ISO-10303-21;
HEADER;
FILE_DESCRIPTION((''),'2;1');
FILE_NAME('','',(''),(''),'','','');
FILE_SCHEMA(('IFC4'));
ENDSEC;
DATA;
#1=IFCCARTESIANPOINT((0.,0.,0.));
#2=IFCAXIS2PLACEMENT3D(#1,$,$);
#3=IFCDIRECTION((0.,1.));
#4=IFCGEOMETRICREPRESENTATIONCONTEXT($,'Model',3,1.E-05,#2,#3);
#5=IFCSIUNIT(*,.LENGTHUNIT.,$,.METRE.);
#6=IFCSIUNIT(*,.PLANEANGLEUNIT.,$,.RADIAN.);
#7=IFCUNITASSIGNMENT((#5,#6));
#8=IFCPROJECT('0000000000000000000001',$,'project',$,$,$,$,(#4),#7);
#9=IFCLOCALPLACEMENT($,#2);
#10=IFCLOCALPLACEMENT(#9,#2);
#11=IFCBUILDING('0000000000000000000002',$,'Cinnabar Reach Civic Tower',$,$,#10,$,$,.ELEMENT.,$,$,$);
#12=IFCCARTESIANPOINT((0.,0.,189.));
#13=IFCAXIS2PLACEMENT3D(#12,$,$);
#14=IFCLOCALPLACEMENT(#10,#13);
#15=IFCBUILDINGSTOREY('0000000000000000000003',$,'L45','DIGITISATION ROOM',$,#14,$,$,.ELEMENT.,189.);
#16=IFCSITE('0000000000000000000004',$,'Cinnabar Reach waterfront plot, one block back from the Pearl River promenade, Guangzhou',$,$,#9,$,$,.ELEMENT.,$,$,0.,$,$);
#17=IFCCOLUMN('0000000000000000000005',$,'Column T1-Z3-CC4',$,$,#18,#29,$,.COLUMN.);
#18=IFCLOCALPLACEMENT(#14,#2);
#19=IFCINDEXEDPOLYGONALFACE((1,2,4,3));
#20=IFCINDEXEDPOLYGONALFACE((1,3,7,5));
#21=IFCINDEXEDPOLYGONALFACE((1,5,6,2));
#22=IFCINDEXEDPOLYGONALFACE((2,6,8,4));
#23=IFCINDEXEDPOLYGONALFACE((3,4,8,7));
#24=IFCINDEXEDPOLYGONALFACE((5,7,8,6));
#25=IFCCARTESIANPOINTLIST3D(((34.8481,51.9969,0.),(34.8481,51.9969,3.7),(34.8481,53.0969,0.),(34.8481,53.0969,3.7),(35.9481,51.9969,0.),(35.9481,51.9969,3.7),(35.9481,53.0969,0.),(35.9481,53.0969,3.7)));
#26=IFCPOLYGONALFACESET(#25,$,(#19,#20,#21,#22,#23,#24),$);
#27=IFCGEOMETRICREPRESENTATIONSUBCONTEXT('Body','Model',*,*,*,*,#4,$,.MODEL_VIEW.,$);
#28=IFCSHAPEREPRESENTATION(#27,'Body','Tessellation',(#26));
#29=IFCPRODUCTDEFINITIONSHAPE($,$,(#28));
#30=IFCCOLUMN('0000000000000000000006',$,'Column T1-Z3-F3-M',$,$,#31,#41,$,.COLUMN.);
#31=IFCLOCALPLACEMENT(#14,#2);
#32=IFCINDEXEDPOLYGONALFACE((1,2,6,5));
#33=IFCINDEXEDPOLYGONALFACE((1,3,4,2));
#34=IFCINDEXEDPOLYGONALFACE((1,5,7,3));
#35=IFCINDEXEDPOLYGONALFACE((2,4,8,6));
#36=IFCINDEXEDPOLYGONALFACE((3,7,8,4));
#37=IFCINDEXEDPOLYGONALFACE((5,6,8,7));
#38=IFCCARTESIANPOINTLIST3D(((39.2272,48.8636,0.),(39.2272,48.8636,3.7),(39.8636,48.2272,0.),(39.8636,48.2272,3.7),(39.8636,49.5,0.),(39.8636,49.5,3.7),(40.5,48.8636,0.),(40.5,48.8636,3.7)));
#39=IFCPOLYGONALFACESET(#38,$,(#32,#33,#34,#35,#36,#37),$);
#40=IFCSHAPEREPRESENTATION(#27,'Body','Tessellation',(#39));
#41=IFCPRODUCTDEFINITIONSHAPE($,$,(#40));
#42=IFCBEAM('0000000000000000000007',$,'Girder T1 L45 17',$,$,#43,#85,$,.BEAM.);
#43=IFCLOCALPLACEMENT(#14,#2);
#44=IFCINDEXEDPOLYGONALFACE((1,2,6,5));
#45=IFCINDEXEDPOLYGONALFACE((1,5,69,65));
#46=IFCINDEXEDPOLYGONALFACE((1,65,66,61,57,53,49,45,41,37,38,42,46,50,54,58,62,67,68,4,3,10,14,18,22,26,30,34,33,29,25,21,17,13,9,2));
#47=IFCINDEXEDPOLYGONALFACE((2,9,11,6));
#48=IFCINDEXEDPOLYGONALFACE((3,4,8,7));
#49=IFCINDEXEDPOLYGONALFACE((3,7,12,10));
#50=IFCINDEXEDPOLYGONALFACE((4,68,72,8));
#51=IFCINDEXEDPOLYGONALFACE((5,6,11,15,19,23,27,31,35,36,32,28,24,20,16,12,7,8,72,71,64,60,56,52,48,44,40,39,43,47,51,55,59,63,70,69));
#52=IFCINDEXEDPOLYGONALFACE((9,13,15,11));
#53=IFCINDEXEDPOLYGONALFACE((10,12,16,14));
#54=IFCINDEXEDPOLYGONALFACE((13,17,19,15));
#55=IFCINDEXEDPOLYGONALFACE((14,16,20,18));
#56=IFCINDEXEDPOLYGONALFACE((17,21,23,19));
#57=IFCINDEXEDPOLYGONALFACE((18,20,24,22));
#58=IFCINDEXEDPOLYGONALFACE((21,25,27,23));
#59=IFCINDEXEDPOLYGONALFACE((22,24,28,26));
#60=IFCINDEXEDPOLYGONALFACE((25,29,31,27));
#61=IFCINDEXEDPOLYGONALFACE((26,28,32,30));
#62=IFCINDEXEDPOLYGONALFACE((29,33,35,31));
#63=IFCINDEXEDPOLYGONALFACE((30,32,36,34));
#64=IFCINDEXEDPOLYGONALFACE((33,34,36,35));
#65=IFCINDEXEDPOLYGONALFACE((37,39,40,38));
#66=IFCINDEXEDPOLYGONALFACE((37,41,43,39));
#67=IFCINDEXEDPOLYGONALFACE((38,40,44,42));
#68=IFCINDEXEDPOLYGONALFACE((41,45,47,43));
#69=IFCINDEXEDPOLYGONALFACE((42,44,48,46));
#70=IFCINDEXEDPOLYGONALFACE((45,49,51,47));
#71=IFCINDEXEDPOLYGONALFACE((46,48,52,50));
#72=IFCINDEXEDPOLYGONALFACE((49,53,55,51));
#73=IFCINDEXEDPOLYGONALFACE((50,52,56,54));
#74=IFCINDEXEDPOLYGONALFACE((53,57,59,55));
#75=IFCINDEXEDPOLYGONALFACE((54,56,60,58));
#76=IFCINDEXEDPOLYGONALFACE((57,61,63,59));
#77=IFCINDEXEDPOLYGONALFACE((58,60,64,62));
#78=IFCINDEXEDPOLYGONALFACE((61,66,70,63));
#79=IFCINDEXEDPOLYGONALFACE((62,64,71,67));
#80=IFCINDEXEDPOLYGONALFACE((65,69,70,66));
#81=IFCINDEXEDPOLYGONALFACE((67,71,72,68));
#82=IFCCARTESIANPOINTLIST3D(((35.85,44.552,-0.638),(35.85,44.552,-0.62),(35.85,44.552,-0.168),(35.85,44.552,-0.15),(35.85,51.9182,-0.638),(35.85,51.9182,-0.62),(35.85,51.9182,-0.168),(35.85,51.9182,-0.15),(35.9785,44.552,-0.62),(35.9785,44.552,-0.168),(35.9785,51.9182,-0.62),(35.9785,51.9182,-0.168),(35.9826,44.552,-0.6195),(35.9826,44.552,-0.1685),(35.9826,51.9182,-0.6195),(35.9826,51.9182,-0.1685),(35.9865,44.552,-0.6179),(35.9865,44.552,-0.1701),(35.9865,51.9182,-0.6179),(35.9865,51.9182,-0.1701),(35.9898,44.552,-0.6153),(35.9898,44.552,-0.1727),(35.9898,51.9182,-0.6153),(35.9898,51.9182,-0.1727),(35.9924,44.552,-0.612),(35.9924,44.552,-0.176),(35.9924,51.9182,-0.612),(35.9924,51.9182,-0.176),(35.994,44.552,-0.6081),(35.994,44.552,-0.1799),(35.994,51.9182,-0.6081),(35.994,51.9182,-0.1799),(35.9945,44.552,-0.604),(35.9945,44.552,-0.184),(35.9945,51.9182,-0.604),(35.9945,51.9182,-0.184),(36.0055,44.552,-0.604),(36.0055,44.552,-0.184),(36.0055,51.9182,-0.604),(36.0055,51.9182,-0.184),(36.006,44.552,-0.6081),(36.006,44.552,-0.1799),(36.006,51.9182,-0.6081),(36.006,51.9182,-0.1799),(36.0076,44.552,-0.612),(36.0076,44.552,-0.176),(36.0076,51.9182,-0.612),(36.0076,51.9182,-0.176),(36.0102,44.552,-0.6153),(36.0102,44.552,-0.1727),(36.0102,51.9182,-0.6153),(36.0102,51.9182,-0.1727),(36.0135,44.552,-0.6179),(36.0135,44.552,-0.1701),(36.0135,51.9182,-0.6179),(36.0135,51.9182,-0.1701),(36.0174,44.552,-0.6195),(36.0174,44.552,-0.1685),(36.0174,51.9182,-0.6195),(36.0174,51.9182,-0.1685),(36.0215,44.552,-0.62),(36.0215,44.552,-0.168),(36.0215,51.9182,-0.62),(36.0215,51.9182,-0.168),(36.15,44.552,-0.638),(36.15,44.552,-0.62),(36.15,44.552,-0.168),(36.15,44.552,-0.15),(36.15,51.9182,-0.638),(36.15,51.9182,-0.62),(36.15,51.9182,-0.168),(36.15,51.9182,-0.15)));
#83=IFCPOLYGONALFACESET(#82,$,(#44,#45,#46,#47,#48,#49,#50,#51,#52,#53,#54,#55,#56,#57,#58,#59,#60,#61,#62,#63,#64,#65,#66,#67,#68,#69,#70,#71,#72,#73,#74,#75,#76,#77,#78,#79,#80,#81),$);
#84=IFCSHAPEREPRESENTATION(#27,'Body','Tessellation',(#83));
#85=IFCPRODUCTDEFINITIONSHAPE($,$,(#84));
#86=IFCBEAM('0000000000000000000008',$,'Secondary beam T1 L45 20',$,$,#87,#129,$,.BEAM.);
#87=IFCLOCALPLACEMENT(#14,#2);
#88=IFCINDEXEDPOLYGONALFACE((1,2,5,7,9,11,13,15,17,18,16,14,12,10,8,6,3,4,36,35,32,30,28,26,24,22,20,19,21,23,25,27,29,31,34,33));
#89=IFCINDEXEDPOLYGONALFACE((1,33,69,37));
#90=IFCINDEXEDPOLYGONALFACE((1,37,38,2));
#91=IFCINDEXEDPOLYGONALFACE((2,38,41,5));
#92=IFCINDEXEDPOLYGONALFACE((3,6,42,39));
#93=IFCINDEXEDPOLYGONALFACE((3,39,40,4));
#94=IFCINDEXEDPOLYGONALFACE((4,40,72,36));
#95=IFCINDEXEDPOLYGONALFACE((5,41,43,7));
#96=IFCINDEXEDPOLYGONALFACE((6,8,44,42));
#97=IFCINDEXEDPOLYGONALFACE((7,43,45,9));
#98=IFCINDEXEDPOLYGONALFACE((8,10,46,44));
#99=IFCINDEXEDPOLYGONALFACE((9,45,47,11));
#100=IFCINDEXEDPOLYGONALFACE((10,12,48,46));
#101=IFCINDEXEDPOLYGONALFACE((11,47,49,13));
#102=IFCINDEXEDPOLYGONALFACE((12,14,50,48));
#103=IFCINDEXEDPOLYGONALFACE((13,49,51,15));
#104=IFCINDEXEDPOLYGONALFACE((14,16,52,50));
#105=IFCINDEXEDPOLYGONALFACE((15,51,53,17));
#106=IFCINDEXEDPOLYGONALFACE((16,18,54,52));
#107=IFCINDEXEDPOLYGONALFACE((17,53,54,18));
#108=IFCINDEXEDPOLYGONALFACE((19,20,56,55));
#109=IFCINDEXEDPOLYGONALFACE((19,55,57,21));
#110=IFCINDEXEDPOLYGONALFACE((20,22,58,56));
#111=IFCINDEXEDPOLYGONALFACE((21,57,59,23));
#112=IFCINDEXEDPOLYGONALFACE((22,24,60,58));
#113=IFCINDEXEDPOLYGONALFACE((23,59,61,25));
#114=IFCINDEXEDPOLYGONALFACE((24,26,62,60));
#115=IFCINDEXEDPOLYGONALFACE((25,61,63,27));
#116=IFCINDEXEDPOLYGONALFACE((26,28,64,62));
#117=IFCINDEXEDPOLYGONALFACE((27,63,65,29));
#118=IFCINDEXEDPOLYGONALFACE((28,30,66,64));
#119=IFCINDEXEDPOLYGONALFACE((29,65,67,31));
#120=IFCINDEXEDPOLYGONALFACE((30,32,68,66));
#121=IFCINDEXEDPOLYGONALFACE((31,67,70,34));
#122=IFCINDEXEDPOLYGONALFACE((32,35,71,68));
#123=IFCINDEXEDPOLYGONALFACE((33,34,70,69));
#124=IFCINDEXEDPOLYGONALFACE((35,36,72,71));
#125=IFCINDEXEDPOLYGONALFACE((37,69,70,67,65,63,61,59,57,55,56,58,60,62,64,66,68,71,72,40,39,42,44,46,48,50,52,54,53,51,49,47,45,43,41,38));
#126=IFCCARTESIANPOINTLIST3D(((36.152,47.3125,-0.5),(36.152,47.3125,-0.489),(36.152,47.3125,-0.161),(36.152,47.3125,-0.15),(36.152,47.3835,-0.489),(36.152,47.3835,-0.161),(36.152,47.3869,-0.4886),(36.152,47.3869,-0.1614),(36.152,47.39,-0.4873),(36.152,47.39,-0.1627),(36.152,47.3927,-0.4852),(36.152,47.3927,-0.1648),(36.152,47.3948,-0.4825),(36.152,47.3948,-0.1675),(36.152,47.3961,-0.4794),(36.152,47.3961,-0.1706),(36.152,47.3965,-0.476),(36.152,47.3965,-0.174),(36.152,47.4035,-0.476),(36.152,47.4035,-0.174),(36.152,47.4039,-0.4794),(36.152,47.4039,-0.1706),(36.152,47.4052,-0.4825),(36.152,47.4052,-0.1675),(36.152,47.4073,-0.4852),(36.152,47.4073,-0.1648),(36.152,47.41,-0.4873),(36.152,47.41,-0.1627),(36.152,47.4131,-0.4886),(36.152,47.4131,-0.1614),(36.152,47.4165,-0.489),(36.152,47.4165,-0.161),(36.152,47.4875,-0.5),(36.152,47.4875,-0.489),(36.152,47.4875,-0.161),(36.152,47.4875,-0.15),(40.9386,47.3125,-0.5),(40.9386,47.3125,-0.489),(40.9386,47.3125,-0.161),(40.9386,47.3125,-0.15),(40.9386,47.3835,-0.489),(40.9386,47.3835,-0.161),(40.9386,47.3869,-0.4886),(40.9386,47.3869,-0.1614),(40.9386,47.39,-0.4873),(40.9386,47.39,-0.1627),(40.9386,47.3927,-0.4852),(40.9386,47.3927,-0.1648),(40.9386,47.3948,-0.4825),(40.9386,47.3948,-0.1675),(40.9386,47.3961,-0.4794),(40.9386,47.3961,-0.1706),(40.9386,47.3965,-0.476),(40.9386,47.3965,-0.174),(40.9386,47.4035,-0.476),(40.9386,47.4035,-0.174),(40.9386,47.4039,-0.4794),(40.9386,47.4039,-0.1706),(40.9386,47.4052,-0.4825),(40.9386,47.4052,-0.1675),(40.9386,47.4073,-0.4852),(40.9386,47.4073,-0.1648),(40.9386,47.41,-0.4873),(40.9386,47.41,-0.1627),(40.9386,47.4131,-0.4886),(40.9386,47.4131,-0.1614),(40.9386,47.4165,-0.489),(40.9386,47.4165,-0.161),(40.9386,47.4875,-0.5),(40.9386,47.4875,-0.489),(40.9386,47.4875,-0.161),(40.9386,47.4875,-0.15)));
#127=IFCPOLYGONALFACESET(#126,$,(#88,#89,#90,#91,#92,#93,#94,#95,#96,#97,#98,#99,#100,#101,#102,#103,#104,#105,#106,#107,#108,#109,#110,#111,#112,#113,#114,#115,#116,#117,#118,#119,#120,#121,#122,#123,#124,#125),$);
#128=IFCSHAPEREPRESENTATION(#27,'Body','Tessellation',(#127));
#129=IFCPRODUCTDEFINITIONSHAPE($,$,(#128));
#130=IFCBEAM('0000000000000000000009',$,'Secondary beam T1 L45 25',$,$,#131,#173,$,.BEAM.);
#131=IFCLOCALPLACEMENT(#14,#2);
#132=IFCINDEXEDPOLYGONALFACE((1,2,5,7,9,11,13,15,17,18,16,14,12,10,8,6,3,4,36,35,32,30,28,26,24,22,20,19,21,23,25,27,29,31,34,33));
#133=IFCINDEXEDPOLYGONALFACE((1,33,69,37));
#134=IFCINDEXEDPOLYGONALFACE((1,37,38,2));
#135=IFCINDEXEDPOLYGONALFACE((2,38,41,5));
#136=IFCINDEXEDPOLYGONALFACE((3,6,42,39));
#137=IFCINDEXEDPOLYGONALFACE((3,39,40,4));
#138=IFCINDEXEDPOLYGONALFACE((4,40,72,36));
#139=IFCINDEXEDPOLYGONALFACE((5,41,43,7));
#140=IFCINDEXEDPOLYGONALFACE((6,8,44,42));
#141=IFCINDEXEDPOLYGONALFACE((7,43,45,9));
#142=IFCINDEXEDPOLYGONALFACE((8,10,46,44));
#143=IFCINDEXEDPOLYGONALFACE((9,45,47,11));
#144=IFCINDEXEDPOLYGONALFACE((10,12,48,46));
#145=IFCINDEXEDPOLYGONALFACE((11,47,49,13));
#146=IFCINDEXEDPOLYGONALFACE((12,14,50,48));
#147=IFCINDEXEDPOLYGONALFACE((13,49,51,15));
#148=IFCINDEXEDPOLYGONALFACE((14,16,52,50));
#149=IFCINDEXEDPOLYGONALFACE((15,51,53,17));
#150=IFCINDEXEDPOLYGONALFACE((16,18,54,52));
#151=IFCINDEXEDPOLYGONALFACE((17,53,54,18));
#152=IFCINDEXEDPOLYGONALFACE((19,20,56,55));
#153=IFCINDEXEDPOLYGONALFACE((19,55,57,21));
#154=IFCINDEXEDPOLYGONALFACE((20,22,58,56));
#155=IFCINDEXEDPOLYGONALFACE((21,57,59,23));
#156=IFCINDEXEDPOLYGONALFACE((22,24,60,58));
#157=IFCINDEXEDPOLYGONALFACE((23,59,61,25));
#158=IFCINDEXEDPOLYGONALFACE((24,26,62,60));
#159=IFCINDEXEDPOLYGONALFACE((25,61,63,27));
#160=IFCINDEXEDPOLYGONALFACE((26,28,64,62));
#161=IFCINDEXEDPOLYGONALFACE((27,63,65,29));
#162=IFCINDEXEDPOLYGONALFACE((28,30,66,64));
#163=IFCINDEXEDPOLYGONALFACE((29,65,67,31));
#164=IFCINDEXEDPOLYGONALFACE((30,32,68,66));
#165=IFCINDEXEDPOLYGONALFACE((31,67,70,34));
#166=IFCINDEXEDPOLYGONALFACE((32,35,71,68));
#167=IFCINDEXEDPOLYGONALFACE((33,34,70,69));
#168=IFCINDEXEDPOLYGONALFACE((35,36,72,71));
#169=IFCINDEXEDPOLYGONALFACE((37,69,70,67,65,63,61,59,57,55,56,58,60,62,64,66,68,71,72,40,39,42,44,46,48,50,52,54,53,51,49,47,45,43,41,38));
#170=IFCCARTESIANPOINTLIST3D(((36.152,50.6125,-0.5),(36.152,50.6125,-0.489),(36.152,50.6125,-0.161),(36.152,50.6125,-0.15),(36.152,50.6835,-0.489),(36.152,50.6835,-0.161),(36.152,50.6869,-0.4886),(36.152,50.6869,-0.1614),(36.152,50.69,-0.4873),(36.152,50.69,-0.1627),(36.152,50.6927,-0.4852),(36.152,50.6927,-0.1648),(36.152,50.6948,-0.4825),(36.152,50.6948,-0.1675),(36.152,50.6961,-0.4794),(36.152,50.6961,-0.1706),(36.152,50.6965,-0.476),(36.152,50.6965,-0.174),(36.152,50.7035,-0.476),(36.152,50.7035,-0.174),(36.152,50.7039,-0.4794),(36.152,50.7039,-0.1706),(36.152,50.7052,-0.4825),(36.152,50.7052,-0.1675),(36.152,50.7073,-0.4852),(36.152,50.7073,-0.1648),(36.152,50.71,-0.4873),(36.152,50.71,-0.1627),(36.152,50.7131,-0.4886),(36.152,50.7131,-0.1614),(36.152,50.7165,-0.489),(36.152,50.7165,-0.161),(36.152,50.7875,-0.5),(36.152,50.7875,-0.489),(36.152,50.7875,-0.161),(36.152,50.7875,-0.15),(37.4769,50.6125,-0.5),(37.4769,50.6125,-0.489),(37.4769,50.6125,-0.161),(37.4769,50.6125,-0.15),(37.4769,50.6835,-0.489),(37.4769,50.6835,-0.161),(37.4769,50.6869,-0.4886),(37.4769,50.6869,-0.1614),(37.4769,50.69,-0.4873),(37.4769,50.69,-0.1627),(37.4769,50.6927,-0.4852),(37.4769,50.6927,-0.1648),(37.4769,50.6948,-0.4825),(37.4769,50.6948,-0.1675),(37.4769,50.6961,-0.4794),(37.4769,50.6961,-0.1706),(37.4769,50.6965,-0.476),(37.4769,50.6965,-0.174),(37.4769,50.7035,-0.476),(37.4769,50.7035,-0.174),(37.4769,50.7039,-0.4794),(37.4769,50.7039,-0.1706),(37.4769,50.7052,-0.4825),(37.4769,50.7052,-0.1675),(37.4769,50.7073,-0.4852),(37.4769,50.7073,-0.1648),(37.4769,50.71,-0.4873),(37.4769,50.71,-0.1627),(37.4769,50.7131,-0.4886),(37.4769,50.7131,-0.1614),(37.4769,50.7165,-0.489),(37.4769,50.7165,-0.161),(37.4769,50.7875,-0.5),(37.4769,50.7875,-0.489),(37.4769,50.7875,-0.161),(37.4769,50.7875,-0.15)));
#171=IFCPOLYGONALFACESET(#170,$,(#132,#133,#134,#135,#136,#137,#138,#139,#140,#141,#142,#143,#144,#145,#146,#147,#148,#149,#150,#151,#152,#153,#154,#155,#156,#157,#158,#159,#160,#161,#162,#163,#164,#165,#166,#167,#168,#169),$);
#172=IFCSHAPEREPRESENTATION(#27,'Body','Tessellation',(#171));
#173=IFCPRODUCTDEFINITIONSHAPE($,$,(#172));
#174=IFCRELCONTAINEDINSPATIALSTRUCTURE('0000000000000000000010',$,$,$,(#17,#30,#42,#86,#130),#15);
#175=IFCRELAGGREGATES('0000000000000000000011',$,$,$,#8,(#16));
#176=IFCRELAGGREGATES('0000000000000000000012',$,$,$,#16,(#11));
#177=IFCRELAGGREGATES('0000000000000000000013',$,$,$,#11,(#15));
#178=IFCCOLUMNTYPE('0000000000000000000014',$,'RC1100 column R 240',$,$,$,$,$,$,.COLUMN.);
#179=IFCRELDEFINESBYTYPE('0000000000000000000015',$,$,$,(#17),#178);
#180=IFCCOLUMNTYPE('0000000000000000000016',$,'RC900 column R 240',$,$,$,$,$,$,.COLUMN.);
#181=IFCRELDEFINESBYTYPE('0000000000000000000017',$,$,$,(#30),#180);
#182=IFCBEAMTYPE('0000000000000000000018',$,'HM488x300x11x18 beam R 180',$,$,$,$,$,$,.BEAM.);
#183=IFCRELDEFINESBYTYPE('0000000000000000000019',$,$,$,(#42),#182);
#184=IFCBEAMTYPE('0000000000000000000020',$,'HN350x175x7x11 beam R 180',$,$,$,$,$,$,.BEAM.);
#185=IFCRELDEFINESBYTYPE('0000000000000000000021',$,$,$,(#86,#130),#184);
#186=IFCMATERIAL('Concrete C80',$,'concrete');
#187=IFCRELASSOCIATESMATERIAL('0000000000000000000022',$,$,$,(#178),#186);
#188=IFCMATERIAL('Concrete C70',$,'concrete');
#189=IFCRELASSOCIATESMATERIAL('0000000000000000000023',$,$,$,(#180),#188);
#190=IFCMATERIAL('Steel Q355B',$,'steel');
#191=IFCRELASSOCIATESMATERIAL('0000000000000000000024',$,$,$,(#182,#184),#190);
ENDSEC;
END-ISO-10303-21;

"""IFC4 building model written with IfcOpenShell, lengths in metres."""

from ifc_helpers import new_model, si_unit, direction, frame, origin, origin_2d, place, context, subcontext, project, spatial, rectangle, i_section, extrude, material, material_profile, profile_set, type_object, element, save


model = new_model("IFC4")

# Units and contexts
model_context = context("Model", 3, precision=1e-05, world=origin(), true_north=direction((0.0, 1.0)))
body_context = subcontext(model_context, "Body", "Model", "MODEL_VIEW")
ifc_project = project(units=[si_unit("LENGTHUNIT", "METRE"), si_unit("PLANEANGLEUNIT", "RADIAN")], contexts=[model_context])

# Site, building, storey
site_placement = place(None, origin())
site = spatial("IfcSite", under=ifc_project, at=site_placement, Name="Cinnabar Reach waterfront plot, one block back from the Pearl River promenade, Guangzhou", CompositionType="ELEMENT", RefElevation=0.0)
building_placement = place(site_placement, origin())
building = spatial("IfcBuilding", under=site, at=building_placement, Name="Cinnabar Reach Civic Tower", CompositionType="ELEMENT")
storey_placement = place(building_placement, frame((0.0, 0.0, 189.0)))
storey = spatial("IfcBuildingStorey", under=building, at=storey_placement, Name="L45", Description="DIGITISATION ROOM", CompositionType="ELEMENT", Elevation=189.0)

# Columns
ifc_material_1 = material(Name="Concrete C80", Category="concrete")
ifc_material_profile_1 = material_profile(ifc_material_1, rectangle(XDim=1.1, YDim=1.1, at=origin_2d()), Name="RC1100")
ifc_profile_set_1 = profile_set([ifc_material_profile_1], Name="Concrete C80")
column_type_1 = type_object("IfcColumnType", Name="RC1100 column R 240", PredefinedType="COLUMN", material=ifc_profile_set_1)
column_1_placement = place(storey_placement, frame((35.3981, 52.5469, 0.0), z_axis=(0.0, 0.0, 1.0), x_axis=(1.0, 0.0, 0.0)))
element("IfcColumn", 1, at=column_1_placement, inside=storey, type_object=column_type_1, Name="Column T1-Z3-CC4", PredefinedType="COLUMN", context=body_context, shape_type="SweptSolid", body=[
    extrude(rectangle(XDim=1.1, YDim=1.1, at=origin_2d()), origin(), (0.0, 0.0, 1.0), 3.7),
])
ifc_material_2 = material(Name="Concrete C70", Category="concrete")
ifc_material_profile_2 = material_profile(ifc_material_2, rectangle(XDim=0.9, YDim=0.9, at=origin_2d()), Name="RC900")
ifc_profile_set_2 = profile_set([ifc_material_profile_2], Name="Concrete C70")
column_type_2 = type_object("IfcColumnType", Name="RC900 column R 240", PredefinedType="COLUMN", material=ifc_profile_set_2)
column_2_placement = place(storey_placement, frame((39.8636, 48.8636, 0.0), z_axis=(0.0, 0.0, 1.0), x_axis=(0.707107, 0.707107, 0.0)))
element("IfcColumn", 2, at=column_2_placement, inside=storey, type_object=column_type_2, Name="Column T1-Z3-F3-M", PredefinedType="COLUMN", context=body_context, shape_type="SweptSolid", body=[
    extrude(rectangle(XDim=0.9, YDim=0.9, at=origin_2d()), origin(), (0.0, 0.0, 1.0), 3.7),
])

# Beams
ifc_material_3 = material(Name="Steel Q355B", Category="steel")
ifc_material_profile_3 = material_profile(ifc_material_3, i_section(OverallWidth=0.3, OverallDepth=0.488, WebThickness=0.011, FlangeThickness=0.018, FilletRadius=0.016, at=origin_2d()), Name="HM488x300x11x18")
ifc_profile_set_3 = profile_set([ifc_material_profile_3], Name="Steel Q355B")
beam_type_1 = type_object("IfcBeamType", Name="HM488x300x11x18 beam R 180", PredefinedType="BEAM", material=ifc_profile_set_3)
beam_1_placement = place(storey_placement, frame((36.0, 44.552, -0.394), z_axis=(0.0, 1.0, 0.0), x_axis=(-1.0, 0.0, 0.0)))
element("IfcBeam", 3, at=beam_1_placement, inside=storey, type_object=beam_type_1, Name="Girder T1 L45 17", PredefinedType="BEAM", context=body_context, shape_type="SweptSolid", body=[
    extrude(i_section(OverallWidth=0.3, OverallDepth=0.488, WebThickness=0.011, FlangeThickness=0.018, FilletRadius=0.016, at=origin_2d()), origin(), (0.0, 0.0, 1.0), 7.3662),
])
ifc_material_profile_4 = material_profile(ifc_material_3, i_section(OverallWidth=0.175, OverallDepth=0.35, WebThickness=0.007, FlangeThickness=0.011, FilletRadius=0.013, at=origin_2d()), Name="HN350x175x7x11")
ifc_profile_set_4 = profile_set([ifc_material_profile_4], Name="Steel Q355B")
beam_type_2 = type_object("IfcBeamType", Name="HN350x175x7x11 beam R 180", PredefinedType="BEAM", material=ifc_profile_set_4)
beam_2_placement = place(storey_placement, frame((36.152, 47.4, -0.325), z_axis=(1.0, 0.0, 0.0), x_axis=(0.0, 1.0, 0.0)))
element("IfcBeam", 4, at=beam_2_placement, inside=storey, type_object=beam_type_2, Name="Secondary beam T1 L45 20", PredefinedType="BEAM", context=body_context, shape_type="SweptSolid", body=[
    extrude(i_section(OverallWidth=0.175, OverallDepth=0.35, WebThickness=0.007, FlangeThickness=0.011, FilletRadius=0.013, at=origin_2d()), origin(), (0.0, 0.0, 1.0), 4.7866),
])
beam_3_placement = place(storey_placement, frame((36.152, 50.7, -0.325), z_axis=(1.0, 0.0, 0.0), x_axis=(0.0, 1.0, 0.0)))
element("IfcBeam", 5, at=beam_3_placement, inside=storey, type_object=beam_type_2, Name="Secondary beam T1 L45 25", PredefinedType="BEAM", context=body_context, shape_type="SweptSolid", body=[
    extrude(i_section(OverallWidth=0.175, OverallDepth=0.35, WebThickness=0.007, FlangeThickness=0.011, FilletRadius=0.013, at=origin_2d()), origin(), (0.0, 0.0, 1.0), 1.3249),
])

save(model, "model.ifc")
